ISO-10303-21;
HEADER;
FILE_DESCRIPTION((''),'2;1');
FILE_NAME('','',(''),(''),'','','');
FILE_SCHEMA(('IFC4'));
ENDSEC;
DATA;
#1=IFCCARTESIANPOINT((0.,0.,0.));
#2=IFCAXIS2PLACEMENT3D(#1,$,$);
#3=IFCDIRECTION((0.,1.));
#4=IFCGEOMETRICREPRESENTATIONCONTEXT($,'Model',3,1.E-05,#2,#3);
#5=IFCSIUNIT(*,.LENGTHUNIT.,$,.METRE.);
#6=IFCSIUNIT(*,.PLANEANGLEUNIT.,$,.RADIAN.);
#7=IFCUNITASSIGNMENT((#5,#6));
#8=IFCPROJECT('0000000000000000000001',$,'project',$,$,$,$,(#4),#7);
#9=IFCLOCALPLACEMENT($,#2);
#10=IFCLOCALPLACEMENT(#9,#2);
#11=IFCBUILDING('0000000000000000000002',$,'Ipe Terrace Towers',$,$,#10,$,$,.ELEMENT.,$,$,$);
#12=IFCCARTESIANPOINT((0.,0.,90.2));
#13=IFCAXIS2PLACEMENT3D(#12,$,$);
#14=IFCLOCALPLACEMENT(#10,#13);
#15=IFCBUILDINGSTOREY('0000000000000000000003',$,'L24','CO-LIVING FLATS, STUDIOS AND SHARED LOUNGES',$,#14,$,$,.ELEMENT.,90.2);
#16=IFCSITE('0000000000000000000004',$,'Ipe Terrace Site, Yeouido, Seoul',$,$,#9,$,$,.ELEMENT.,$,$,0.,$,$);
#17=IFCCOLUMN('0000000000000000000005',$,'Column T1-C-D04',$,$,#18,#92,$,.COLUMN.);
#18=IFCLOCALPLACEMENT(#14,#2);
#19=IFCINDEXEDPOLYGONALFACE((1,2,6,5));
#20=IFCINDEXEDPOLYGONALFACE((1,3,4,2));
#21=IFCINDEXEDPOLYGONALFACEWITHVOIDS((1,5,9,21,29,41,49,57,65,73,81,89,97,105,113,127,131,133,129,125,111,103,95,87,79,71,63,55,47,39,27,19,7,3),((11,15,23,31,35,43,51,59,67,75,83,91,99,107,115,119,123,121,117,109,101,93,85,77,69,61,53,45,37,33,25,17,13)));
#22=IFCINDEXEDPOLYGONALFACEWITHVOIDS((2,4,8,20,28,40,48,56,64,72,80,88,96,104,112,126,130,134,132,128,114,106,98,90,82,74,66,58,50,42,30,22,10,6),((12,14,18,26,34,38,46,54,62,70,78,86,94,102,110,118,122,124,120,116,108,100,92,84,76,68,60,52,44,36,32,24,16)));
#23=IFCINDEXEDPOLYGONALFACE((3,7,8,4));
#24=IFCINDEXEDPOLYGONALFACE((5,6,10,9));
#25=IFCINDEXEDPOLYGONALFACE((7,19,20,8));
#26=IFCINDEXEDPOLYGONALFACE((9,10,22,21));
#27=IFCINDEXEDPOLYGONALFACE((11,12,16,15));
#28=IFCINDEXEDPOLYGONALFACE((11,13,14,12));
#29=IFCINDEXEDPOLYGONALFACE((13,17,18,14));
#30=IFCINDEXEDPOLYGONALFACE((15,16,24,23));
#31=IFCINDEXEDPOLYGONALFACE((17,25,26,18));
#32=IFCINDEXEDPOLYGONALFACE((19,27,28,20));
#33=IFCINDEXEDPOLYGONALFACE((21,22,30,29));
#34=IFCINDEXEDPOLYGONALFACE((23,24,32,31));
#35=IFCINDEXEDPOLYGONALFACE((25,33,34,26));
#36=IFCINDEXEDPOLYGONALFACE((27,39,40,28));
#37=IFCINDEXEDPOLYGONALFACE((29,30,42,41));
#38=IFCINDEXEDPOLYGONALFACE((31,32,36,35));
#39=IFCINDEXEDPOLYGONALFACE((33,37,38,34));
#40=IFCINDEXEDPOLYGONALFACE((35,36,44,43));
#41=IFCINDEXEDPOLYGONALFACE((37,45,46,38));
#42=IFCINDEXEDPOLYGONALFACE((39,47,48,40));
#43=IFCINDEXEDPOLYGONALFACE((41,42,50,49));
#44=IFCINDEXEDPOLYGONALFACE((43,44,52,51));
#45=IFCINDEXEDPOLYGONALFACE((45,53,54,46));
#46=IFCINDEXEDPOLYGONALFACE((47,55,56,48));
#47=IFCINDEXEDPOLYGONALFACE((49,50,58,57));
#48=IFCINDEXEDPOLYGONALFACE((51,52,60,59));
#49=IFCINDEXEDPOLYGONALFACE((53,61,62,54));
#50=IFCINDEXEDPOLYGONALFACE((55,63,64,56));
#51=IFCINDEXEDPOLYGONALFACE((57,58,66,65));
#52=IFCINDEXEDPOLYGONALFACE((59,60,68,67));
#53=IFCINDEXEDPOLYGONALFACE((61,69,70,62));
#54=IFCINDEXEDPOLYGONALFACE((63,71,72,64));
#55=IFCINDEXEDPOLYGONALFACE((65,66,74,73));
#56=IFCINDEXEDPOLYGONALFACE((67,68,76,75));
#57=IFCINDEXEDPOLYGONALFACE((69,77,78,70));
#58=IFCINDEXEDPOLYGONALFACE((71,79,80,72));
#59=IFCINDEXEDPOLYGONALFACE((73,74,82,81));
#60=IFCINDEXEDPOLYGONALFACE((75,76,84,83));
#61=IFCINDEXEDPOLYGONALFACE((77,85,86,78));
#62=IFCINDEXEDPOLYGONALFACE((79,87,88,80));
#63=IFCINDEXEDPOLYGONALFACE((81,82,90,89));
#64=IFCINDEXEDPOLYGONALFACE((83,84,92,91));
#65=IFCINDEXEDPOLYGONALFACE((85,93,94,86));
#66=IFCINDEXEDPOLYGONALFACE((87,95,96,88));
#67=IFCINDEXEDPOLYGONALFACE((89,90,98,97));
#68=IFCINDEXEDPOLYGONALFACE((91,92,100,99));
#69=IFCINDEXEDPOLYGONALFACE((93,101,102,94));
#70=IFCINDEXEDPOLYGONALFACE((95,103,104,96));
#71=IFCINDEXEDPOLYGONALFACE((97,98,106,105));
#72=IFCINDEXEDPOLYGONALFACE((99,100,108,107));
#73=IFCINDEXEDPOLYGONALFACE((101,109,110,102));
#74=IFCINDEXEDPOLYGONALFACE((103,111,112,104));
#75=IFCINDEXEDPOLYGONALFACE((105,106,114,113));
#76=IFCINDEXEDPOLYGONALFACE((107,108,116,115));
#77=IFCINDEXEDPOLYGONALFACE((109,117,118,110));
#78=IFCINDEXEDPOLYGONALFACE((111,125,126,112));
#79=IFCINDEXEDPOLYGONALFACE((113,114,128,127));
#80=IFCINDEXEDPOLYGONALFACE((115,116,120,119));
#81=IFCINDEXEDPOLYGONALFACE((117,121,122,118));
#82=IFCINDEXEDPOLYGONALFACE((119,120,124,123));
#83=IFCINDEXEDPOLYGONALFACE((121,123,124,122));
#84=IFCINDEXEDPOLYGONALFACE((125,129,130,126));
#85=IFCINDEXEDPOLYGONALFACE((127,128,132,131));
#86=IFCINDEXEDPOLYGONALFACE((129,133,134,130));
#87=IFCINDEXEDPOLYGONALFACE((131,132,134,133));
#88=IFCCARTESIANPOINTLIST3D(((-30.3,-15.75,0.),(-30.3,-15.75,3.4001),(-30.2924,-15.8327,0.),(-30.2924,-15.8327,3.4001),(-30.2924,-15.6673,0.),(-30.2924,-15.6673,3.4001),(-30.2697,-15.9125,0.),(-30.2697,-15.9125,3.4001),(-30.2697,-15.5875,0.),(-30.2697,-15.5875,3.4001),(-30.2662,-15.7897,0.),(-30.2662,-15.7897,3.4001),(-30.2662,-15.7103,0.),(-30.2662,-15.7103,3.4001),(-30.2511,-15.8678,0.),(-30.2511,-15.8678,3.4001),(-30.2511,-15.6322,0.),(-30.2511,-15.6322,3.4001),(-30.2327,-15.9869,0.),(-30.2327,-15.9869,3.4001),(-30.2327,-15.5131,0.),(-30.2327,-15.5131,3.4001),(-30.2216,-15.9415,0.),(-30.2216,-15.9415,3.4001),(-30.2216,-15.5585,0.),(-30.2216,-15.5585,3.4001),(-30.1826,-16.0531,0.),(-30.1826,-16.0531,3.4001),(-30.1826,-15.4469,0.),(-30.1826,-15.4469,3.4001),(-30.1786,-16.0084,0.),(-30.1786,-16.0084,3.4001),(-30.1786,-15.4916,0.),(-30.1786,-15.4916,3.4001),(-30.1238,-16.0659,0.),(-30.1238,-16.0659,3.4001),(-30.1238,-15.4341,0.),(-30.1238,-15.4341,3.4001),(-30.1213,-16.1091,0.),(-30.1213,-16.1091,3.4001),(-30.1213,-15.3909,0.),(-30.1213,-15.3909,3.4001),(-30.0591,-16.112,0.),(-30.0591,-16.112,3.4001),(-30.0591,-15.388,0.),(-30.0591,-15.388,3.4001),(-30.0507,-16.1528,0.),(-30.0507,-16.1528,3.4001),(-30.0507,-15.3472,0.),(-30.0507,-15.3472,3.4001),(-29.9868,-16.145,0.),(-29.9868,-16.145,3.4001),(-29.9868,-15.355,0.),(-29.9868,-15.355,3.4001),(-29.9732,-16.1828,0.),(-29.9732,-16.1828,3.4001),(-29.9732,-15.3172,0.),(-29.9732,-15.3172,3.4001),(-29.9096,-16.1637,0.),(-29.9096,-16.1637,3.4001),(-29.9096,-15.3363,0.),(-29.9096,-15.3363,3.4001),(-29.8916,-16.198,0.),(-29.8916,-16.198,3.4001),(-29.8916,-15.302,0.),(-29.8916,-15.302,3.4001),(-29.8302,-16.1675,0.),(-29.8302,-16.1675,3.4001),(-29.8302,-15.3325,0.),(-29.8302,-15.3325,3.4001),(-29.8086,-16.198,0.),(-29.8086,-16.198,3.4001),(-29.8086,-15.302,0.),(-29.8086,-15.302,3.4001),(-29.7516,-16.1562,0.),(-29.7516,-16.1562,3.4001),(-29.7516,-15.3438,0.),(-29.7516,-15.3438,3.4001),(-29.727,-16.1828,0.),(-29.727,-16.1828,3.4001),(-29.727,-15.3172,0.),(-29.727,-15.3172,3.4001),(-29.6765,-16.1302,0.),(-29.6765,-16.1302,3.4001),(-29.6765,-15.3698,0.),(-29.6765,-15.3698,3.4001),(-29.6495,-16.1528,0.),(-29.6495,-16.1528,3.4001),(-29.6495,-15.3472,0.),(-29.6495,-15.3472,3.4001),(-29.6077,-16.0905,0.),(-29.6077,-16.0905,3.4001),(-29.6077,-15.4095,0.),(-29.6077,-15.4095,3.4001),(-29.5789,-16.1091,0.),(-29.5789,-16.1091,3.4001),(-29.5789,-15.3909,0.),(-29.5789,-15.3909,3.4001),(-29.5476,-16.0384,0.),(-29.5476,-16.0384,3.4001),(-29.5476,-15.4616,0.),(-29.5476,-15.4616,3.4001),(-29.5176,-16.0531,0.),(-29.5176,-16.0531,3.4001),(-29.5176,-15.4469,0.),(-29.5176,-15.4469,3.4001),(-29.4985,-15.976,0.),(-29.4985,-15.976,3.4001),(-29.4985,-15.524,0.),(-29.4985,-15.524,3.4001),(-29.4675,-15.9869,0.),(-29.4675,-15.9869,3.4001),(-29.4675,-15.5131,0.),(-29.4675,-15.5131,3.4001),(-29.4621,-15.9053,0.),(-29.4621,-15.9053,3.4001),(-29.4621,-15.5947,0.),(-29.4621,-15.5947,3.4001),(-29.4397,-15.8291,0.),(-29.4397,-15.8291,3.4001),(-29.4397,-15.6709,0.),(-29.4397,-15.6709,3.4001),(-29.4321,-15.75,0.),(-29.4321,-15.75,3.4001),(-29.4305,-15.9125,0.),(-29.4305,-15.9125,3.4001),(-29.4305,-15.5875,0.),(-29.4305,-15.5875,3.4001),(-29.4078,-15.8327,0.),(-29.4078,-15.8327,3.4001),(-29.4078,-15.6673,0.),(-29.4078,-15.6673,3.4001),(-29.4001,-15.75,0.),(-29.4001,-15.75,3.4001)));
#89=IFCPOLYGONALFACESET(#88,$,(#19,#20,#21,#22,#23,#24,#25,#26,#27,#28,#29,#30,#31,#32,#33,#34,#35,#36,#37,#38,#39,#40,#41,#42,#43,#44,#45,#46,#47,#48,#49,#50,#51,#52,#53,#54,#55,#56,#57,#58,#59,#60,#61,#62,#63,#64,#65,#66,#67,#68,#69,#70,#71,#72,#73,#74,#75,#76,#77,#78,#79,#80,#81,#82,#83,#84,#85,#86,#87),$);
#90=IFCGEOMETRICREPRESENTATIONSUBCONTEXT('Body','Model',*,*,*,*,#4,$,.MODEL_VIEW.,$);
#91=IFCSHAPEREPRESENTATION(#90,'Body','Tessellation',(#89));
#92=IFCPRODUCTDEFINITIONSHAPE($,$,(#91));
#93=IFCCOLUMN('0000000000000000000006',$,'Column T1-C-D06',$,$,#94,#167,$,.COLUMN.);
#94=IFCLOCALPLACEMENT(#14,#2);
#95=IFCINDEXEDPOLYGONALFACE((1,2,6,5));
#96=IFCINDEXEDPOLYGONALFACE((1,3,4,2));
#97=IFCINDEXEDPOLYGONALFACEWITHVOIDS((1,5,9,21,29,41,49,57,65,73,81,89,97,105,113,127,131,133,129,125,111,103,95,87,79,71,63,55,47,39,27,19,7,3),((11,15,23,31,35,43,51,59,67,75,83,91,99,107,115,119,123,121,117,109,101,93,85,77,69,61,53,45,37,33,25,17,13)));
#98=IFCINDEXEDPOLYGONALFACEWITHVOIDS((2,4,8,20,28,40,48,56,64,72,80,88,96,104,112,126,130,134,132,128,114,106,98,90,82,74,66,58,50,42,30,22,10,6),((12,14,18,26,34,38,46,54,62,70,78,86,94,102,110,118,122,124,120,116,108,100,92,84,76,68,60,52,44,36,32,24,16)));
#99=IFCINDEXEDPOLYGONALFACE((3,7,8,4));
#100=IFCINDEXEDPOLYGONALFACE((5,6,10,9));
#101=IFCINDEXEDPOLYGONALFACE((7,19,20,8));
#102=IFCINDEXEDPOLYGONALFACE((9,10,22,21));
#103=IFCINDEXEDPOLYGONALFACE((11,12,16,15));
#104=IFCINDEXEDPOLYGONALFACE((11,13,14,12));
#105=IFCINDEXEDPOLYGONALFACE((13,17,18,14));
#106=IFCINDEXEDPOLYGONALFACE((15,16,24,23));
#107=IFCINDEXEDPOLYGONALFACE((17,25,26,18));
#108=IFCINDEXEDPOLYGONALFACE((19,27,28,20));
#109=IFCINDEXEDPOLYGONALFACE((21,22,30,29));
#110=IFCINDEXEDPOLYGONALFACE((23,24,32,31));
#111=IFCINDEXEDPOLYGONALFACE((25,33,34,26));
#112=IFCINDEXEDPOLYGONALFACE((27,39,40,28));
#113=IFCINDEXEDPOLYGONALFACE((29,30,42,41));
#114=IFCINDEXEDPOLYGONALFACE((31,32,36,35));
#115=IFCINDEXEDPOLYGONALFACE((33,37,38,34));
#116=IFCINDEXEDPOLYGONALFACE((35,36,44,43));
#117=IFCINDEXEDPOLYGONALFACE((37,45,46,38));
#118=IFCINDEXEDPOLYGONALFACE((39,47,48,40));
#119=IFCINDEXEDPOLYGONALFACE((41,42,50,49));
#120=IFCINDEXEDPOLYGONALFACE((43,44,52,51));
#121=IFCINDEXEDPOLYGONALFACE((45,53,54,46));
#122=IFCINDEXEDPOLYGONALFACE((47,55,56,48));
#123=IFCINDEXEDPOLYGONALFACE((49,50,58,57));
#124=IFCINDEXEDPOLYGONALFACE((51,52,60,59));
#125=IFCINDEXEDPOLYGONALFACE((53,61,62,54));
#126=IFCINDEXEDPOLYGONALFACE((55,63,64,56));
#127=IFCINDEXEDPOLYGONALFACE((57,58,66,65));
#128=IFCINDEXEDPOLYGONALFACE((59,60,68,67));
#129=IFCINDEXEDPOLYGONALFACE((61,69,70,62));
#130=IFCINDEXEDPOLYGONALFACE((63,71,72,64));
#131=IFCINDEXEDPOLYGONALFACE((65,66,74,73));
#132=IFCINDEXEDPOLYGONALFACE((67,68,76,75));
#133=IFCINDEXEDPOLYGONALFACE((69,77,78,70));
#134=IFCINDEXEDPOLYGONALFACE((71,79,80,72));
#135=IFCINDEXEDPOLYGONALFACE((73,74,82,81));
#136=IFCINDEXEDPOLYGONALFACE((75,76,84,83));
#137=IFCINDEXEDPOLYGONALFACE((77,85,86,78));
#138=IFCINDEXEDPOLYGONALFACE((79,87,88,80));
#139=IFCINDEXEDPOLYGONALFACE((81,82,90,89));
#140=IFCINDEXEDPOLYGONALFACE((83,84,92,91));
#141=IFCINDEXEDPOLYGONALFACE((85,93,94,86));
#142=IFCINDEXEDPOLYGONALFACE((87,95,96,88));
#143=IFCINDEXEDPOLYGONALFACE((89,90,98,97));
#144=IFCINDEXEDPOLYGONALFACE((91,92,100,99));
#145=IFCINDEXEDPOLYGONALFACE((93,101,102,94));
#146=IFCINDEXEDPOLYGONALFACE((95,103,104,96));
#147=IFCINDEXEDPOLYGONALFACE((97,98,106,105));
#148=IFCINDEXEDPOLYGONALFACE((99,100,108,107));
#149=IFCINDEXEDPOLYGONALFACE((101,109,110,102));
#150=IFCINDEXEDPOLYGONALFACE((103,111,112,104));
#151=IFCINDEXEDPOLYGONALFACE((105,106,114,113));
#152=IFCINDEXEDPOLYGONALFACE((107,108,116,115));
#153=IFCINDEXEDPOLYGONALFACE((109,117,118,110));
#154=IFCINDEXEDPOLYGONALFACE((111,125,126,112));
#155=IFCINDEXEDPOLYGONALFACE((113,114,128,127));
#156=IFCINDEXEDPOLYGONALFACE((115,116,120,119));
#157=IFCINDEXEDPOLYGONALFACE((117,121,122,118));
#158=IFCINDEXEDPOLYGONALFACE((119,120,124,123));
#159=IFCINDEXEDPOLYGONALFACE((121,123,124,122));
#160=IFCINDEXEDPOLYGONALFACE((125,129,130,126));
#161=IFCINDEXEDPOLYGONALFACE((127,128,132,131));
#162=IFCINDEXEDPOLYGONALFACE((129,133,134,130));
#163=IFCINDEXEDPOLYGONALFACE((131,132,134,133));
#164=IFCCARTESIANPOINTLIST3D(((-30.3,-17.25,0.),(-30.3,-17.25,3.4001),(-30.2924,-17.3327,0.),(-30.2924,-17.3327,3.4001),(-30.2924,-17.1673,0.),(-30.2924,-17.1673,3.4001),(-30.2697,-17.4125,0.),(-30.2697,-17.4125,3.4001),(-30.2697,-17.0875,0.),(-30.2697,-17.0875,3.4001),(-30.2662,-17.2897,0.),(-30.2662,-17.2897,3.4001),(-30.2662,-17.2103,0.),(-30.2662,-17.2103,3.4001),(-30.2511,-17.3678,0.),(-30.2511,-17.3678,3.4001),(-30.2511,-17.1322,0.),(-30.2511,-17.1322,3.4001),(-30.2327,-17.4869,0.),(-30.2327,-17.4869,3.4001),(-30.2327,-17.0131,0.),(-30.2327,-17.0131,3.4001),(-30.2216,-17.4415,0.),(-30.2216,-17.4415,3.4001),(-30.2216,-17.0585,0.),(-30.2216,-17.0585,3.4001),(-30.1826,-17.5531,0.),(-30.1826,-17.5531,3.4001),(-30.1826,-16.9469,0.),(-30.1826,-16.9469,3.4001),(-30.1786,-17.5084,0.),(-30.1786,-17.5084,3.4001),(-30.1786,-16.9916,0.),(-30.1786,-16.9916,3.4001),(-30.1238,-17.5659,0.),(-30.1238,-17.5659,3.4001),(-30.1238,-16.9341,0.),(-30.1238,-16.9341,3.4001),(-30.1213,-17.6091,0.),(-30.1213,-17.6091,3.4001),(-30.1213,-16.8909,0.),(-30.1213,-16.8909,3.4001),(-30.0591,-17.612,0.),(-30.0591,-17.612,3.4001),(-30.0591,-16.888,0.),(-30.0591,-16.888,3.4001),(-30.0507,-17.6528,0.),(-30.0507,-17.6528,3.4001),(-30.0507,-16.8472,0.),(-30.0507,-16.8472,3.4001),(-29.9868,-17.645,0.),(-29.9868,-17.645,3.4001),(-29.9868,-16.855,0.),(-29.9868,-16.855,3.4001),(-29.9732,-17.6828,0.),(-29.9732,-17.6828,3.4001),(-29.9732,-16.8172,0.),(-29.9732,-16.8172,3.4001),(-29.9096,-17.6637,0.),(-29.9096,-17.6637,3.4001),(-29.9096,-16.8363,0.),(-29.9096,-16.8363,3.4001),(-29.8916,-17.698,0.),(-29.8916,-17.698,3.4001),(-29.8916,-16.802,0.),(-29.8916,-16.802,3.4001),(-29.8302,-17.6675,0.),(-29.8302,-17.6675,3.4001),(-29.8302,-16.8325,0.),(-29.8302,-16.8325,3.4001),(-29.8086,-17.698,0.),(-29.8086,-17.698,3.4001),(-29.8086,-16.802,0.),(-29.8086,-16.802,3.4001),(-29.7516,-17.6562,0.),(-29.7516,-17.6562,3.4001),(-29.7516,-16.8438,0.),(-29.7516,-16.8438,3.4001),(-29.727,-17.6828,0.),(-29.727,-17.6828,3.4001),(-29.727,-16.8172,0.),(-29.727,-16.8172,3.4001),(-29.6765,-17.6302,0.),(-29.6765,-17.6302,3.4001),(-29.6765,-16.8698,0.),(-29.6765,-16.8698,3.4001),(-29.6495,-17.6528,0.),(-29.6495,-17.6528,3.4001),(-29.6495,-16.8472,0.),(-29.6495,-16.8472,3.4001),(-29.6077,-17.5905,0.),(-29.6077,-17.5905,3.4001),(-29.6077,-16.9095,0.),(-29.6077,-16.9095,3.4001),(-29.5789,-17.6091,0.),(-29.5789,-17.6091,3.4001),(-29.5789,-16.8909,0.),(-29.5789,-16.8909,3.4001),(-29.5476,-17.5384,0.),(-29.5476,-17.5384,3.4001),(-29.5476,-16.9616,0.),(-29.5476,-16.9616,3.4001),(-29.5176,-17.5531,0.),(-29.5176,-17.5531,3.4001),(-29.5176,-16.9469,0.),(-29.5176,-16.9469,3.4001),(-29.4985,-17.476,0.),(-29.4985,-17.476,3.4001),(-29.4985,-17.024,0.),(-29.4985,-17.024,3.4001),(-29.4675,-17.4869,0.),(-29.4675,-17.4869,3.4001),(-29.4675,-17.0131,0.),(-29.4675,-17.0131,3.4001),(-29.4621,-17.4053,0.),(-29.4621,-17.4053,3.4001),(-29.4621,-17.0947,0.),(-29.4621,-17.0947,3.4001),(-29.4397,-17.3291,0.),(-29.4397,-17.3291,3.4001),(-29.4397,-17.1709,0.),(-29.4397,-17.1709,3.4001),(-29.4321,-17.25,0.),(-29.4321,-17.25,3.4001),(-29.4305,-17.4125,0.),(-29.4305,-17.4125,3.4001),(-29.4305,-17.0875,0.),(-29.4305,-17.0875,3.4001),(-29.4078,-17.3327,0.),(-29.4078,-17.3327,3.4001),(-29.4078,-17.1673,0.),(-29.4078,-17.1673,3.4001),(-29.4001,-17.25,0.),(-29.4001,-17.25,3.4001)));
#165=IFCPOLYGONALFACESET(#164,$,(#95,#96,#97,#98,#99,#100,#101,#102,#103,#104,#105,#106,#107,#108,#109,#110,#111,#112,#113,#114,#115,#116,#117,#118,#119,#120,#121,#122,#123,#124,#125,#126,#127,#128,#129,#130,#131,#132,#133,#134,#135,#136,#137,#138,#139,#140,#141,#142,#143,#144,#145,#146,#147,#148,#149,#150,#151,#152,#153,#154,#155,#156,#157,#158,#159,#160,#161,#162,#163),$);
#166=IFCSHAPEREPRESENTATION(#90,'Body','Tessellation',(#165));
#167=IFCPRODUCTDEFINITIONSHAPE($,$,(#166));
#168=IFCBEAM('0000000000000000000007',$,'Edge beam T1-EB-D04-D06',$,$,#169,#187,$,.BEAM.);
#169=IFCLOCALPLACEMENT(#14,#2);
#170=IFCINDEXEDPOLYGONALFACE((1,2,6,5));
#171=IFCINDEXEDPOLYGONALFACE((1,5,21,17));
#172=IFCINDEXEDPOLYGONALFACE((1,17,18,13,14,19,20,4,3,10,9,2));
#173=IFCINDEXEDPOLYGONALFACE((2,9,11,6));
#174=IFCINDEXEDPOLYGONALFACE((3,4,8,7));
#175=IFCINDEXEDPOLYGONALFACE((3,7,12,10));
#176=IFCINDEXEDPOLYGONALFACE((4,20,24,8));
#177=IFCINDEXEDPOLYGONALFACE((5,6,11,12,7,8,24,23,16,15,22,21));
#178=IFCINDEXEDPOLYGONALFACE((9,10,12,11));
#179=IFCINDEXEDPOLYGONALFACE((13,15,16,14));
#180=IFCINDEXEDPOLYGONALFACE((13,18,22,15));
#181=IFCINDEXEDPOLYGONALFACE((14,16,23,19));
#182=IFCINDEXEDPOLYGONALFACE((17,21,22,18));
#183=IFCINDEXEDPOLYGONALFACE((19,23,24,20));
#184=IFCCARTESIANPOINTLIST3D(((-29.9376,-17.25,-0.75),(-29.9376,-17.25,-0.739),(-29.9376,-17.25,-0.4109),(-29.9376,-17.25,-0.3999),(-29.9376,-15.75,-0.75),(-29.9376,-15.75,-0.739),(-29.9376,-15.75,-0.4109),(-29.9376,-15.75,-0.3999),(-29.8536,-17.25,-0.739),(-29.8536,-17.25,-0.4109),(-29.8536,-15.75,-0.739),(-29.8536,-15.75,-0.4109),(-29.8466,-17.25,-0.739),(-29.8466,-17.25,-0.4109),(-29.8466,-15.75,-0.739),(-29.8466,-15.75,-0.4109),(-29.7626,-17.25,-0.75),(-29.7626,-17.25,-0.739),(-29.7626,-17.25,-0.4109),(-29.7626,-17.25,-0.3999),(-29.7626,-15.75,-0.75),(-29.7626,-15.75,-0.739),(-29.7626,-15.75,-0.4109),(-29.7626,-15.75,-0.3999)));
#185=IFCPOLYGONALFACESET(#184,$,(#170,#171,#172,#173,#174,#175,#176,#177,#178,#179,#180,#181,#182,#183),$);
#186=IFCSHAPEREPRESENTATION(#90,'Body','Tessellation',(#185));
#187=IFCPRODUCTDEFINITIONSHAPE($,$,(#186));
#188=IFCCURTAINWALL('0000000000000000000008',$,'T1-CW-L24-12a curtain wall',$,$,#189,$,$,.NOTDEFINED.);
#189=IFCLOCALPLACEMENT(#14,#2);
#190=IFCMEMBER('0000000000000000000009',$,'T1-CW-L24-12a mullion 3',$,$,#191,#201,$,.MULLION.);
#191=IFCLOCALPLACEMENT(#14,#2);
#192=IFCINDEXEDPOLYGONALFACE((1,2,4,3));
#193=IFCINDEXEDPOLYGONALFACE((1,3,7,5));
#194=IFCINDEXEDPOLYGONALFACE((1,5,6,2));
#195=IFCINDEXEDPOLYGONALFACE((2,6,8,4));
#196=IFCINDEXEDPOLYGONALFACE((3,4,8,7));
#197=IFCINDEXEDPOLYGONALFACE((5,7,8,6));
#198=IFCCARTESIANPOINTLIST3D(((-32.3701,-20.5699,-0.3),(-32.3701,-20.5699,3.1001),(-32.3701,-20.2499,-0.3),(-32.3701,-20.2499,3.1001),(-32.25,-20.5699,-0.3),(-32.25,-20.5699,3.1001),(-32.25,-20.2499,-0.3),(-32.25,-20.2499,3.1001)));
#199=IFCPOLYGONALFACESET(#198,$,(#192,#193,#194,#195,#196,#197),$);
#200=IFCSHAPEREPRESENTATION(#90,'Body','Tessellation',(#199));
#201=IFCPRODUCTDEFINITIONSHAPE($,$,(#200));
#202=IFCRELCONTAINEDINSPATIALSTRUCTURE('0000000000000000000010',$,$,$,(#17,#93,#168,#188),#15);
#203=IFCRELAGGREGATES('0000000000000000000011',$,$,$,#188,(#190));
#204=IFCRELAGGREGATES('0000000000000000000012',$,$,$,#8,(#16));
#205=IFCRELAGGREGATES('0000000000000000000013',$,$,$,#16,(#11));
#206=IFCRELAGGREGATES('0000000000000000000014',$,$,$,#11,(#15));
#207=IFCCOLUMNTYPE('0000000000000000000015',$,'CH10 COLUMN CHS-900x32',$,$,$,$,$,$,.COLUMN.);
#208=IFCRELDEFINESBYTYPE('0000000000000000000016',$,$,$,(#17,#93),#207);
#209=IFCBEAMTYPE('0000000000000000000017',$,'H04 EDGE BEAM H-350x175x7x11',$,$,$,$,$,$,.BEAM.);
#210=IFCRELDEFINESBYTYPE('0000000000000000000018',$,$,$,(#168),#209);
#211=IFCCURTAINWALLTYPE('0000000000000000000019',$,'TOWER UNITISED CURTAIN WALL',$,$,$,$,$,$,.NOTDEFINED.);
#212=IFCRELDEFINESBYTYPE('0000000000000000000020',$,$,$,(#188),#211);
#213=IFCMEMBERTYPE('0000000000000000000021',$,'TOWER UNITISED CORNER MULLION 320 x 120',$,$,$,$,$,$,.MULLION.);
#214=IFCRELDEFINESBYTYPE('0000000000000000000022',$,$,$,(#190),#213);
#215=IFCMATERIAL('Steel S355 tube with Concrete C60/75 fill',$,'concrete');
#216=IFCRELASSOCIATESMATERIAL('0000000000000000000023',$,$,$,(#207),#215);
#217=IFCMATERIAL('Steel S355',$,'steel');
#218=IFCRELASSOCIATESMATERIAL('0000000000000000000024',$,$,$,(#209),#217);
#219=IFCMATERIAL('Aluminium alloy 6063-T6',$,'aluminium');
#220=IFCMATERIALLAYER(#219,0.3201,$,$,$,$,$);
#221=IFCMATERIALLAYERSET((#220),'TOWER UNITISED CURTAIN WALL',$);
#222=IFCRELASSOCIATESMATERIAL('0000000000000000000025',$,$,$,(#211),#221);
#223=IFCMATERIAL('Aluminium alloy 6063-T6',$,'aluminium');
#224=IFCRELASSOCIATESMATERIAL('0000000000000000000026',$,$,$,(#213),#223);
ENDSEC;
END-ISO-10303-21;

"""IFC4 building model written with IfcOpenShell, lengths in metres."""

from ifc_helpers import new_model, si_unit, direction, frame, origin, origin_2d, place, context, subcontext, project, spatial, rectangle, hollow_circle, i_section, extrude, material, layer, layer_set, material_profile, profile_set, type_object, element, aggregate, save


model = new_model("IFC4")

# Units and contexts
model_context = context("Model", 3, precision=1e-05, world=origin(), true_north=direction((0.0, 1.0)))
body_context = subcontext(model_context, "Body", "Model", "MODEL_VIEW")
ifc_project = project(units=[si_unit("LENGTHUNIT", "METRE"), si_unit("PLANEANGLEUNIT", "RADIAN")], contexts=[model_context])

# Site, building, storey
site_placement = place(None, origin())
site = spatial("IfcSite", under=ifc_project, at=site_placement, Name="Ipe Terrace Site, Yeouido, Seoul", CompositionType="ELEMENT", RefElevation=0.0)
building_placement = place(site_placement, origin())
building = spatial("IfcBuilding", under=site, at=building_placement, Name="Ipe Terrace Towers", CompositionType="ELEMENT")
storey_placement = place(building_placement, frame((0.0, 0.0, 90.2)))
storey = spatial("IfcBuildingStorey", under=building, at=storey_placement, Name="L24", Description="CO-LIVING FLATS, STUDIOS AND SHARED LOUNGES", CompositionType="ELEMENT", Elevation=90.2)

# Columns
ifc_material_1 = material(Name="Steel S355 tube with Concrete C60/75 fill", Category="concrete")
ifc_material_profile_1 = material_profile(ifc_material_1, hollow_circle(Radius=0.45, WallThickness=0.032, at=origin_2d()), Name="CHS-900x32")
ifc_profile_set_1 = profile_set([ifc_material_profile_1], Name="Steel S355 tube with Concrete C60/75 fill")
column_type = type_object("IfcColumnType", Name="CH10 COLUMN CHS-900x32", PredefinedType="COLUMN", material=ifc_profile_set_1)
for number, where, z_axis, x_axis, name in (
    (1, (-29.8501, -15.75, 0.0), (0.0, 0.0, 1.0), (1.0, 0.0, 0.0), "Column T1-C-D04"),
    (2, (-29.8501, -17.25, 0.0), (0.0, 0.0, 1.0), (1.0, 0.0, 0.0), "Column T1-C-D06"),
):
    element("IfcColumn", number, at=place(storey_placement, frame(where, z_axis=z_axis, x_axis=x_axis)), inside=storey, type_object=column_type, Name=name, PredefinedType="COLUMN", context=body_context, shape_type="SweptSolid", body=[
        extrude(hollow_circle(Radius=0.45, WallThickness=0.032, at=origin_2d()), origin(), (0.0, 0.0, 1.0), 3.4001),
    ])

# Beam
ifc_material_2 = material(Name="Steel S355", Category="steel")
ifc_material_profile_2 = material_profile(ifc_material_2, i_section(OverallWidth=0.175, OverallDepth=0.3501, WebThickness=0.0071, FlangeThickness=0.011, at=origin_2d()), Name="H-350x175x7x11")
ifc_profile_set_2 = profile_set([ifc_material_profile_2], Name="Steel S355")
beam_type = type_object("IfcBeamType", Name="H04 EDGE BEAM H-350x175x7x11", PredefinedType="BEAM", material=ifc_profile_set_2)
beam_placement = place(storey_placement, frame((-29.8501, -15.75, -0.575), z_axis=(0.0, -1.0, 0.0), x_axis=(1.0, 0.0, 0.0)))
element("IfcBeam", 3, at=beam_placement, inside=storey, type_object=beam_type, Name="Edge beam T1-EB-D04-D06", PredefinedType="BEAM", context=body_context, shape_type="SweptSolid", body=[
    extrude(i_section(OverallWidth=0.175, OverallDepth=0.3501, WebThickness=0.0071, FlangeThickness=0.011, at=origin_2d()), origin(), (0.0, 0.0, 1.0), 1.5),
])

# Curtain wall, member
ifc_material_3 = material(Name="Aluminium alloy 6063-T6", Category="aluminium")
ifc_layer_1 = layer(ifc_material_3, 0.3201)
ifc_layer_set_1 = layer_set([ifc_layer_1], Name="TOWER UNITISED CURTAIN WALL")
curtain_wall_type = type_object("IfcCurtainWallType", Name="TOWER UNITISED CURTAIN WALL", PredefinedType="NOTDEFINED", material=ifc_layer_set_1)
curtain_wall_1_placement = place(storey_placement, origin())
curtain_wall_1 = element("IfcCurtainWall", 4, at=curtain_wall_1_placement, inside=storey, type_object=curtain_wall_type, Name="T1-CW-L24-12a curtain wall", PredefinedType="NOTDEFINED")
ifc_material_4 = material(Name="Aluminium alloy 6063-T6", Category="aluminium")
ifc_material_profile_3 = material_profile(ifc_material_4, rectangle(XDim=0.3201, YDim=0.1201, at=origin_2d()), Name="TOWER UNITISED CORNER MULLION 320 x 120")
ifc_profile_set_3 = profile_set([ifc_material_profile_3], Name="Aluminium alloy 6063-T6")
member_type_1 = type_object("IfcMemberType", Name="TOWER UNITISED CORNER MULLION 320 x 120", PredefinedType="MULLION", material=ifc_profile_set_3)
member_1_placement = place(storey_placement, frame((-32.3101, -20.4099, -0.3), z_axis=(0.0, 0.0, 1.0), x_axis=(0.0, -1.0, 0.0)))
member_1 = element("IfcMember", 5, at=member_1_placement, type_object=member_type_1, Name="T1-CW-L24-12a mullion 3", PredefinedType="MULLION", context=body_context, shape_type="SweptSolid", body=[
    extrude(rectangle(XDim=0.3201, YDim=0.1201, at=origin_2d()), origin(), (0.0, 0.0, 1.0), 3.4001),
])

aggregate(curtain_wall_1, [member_1])

save(model, "model.ifc")
